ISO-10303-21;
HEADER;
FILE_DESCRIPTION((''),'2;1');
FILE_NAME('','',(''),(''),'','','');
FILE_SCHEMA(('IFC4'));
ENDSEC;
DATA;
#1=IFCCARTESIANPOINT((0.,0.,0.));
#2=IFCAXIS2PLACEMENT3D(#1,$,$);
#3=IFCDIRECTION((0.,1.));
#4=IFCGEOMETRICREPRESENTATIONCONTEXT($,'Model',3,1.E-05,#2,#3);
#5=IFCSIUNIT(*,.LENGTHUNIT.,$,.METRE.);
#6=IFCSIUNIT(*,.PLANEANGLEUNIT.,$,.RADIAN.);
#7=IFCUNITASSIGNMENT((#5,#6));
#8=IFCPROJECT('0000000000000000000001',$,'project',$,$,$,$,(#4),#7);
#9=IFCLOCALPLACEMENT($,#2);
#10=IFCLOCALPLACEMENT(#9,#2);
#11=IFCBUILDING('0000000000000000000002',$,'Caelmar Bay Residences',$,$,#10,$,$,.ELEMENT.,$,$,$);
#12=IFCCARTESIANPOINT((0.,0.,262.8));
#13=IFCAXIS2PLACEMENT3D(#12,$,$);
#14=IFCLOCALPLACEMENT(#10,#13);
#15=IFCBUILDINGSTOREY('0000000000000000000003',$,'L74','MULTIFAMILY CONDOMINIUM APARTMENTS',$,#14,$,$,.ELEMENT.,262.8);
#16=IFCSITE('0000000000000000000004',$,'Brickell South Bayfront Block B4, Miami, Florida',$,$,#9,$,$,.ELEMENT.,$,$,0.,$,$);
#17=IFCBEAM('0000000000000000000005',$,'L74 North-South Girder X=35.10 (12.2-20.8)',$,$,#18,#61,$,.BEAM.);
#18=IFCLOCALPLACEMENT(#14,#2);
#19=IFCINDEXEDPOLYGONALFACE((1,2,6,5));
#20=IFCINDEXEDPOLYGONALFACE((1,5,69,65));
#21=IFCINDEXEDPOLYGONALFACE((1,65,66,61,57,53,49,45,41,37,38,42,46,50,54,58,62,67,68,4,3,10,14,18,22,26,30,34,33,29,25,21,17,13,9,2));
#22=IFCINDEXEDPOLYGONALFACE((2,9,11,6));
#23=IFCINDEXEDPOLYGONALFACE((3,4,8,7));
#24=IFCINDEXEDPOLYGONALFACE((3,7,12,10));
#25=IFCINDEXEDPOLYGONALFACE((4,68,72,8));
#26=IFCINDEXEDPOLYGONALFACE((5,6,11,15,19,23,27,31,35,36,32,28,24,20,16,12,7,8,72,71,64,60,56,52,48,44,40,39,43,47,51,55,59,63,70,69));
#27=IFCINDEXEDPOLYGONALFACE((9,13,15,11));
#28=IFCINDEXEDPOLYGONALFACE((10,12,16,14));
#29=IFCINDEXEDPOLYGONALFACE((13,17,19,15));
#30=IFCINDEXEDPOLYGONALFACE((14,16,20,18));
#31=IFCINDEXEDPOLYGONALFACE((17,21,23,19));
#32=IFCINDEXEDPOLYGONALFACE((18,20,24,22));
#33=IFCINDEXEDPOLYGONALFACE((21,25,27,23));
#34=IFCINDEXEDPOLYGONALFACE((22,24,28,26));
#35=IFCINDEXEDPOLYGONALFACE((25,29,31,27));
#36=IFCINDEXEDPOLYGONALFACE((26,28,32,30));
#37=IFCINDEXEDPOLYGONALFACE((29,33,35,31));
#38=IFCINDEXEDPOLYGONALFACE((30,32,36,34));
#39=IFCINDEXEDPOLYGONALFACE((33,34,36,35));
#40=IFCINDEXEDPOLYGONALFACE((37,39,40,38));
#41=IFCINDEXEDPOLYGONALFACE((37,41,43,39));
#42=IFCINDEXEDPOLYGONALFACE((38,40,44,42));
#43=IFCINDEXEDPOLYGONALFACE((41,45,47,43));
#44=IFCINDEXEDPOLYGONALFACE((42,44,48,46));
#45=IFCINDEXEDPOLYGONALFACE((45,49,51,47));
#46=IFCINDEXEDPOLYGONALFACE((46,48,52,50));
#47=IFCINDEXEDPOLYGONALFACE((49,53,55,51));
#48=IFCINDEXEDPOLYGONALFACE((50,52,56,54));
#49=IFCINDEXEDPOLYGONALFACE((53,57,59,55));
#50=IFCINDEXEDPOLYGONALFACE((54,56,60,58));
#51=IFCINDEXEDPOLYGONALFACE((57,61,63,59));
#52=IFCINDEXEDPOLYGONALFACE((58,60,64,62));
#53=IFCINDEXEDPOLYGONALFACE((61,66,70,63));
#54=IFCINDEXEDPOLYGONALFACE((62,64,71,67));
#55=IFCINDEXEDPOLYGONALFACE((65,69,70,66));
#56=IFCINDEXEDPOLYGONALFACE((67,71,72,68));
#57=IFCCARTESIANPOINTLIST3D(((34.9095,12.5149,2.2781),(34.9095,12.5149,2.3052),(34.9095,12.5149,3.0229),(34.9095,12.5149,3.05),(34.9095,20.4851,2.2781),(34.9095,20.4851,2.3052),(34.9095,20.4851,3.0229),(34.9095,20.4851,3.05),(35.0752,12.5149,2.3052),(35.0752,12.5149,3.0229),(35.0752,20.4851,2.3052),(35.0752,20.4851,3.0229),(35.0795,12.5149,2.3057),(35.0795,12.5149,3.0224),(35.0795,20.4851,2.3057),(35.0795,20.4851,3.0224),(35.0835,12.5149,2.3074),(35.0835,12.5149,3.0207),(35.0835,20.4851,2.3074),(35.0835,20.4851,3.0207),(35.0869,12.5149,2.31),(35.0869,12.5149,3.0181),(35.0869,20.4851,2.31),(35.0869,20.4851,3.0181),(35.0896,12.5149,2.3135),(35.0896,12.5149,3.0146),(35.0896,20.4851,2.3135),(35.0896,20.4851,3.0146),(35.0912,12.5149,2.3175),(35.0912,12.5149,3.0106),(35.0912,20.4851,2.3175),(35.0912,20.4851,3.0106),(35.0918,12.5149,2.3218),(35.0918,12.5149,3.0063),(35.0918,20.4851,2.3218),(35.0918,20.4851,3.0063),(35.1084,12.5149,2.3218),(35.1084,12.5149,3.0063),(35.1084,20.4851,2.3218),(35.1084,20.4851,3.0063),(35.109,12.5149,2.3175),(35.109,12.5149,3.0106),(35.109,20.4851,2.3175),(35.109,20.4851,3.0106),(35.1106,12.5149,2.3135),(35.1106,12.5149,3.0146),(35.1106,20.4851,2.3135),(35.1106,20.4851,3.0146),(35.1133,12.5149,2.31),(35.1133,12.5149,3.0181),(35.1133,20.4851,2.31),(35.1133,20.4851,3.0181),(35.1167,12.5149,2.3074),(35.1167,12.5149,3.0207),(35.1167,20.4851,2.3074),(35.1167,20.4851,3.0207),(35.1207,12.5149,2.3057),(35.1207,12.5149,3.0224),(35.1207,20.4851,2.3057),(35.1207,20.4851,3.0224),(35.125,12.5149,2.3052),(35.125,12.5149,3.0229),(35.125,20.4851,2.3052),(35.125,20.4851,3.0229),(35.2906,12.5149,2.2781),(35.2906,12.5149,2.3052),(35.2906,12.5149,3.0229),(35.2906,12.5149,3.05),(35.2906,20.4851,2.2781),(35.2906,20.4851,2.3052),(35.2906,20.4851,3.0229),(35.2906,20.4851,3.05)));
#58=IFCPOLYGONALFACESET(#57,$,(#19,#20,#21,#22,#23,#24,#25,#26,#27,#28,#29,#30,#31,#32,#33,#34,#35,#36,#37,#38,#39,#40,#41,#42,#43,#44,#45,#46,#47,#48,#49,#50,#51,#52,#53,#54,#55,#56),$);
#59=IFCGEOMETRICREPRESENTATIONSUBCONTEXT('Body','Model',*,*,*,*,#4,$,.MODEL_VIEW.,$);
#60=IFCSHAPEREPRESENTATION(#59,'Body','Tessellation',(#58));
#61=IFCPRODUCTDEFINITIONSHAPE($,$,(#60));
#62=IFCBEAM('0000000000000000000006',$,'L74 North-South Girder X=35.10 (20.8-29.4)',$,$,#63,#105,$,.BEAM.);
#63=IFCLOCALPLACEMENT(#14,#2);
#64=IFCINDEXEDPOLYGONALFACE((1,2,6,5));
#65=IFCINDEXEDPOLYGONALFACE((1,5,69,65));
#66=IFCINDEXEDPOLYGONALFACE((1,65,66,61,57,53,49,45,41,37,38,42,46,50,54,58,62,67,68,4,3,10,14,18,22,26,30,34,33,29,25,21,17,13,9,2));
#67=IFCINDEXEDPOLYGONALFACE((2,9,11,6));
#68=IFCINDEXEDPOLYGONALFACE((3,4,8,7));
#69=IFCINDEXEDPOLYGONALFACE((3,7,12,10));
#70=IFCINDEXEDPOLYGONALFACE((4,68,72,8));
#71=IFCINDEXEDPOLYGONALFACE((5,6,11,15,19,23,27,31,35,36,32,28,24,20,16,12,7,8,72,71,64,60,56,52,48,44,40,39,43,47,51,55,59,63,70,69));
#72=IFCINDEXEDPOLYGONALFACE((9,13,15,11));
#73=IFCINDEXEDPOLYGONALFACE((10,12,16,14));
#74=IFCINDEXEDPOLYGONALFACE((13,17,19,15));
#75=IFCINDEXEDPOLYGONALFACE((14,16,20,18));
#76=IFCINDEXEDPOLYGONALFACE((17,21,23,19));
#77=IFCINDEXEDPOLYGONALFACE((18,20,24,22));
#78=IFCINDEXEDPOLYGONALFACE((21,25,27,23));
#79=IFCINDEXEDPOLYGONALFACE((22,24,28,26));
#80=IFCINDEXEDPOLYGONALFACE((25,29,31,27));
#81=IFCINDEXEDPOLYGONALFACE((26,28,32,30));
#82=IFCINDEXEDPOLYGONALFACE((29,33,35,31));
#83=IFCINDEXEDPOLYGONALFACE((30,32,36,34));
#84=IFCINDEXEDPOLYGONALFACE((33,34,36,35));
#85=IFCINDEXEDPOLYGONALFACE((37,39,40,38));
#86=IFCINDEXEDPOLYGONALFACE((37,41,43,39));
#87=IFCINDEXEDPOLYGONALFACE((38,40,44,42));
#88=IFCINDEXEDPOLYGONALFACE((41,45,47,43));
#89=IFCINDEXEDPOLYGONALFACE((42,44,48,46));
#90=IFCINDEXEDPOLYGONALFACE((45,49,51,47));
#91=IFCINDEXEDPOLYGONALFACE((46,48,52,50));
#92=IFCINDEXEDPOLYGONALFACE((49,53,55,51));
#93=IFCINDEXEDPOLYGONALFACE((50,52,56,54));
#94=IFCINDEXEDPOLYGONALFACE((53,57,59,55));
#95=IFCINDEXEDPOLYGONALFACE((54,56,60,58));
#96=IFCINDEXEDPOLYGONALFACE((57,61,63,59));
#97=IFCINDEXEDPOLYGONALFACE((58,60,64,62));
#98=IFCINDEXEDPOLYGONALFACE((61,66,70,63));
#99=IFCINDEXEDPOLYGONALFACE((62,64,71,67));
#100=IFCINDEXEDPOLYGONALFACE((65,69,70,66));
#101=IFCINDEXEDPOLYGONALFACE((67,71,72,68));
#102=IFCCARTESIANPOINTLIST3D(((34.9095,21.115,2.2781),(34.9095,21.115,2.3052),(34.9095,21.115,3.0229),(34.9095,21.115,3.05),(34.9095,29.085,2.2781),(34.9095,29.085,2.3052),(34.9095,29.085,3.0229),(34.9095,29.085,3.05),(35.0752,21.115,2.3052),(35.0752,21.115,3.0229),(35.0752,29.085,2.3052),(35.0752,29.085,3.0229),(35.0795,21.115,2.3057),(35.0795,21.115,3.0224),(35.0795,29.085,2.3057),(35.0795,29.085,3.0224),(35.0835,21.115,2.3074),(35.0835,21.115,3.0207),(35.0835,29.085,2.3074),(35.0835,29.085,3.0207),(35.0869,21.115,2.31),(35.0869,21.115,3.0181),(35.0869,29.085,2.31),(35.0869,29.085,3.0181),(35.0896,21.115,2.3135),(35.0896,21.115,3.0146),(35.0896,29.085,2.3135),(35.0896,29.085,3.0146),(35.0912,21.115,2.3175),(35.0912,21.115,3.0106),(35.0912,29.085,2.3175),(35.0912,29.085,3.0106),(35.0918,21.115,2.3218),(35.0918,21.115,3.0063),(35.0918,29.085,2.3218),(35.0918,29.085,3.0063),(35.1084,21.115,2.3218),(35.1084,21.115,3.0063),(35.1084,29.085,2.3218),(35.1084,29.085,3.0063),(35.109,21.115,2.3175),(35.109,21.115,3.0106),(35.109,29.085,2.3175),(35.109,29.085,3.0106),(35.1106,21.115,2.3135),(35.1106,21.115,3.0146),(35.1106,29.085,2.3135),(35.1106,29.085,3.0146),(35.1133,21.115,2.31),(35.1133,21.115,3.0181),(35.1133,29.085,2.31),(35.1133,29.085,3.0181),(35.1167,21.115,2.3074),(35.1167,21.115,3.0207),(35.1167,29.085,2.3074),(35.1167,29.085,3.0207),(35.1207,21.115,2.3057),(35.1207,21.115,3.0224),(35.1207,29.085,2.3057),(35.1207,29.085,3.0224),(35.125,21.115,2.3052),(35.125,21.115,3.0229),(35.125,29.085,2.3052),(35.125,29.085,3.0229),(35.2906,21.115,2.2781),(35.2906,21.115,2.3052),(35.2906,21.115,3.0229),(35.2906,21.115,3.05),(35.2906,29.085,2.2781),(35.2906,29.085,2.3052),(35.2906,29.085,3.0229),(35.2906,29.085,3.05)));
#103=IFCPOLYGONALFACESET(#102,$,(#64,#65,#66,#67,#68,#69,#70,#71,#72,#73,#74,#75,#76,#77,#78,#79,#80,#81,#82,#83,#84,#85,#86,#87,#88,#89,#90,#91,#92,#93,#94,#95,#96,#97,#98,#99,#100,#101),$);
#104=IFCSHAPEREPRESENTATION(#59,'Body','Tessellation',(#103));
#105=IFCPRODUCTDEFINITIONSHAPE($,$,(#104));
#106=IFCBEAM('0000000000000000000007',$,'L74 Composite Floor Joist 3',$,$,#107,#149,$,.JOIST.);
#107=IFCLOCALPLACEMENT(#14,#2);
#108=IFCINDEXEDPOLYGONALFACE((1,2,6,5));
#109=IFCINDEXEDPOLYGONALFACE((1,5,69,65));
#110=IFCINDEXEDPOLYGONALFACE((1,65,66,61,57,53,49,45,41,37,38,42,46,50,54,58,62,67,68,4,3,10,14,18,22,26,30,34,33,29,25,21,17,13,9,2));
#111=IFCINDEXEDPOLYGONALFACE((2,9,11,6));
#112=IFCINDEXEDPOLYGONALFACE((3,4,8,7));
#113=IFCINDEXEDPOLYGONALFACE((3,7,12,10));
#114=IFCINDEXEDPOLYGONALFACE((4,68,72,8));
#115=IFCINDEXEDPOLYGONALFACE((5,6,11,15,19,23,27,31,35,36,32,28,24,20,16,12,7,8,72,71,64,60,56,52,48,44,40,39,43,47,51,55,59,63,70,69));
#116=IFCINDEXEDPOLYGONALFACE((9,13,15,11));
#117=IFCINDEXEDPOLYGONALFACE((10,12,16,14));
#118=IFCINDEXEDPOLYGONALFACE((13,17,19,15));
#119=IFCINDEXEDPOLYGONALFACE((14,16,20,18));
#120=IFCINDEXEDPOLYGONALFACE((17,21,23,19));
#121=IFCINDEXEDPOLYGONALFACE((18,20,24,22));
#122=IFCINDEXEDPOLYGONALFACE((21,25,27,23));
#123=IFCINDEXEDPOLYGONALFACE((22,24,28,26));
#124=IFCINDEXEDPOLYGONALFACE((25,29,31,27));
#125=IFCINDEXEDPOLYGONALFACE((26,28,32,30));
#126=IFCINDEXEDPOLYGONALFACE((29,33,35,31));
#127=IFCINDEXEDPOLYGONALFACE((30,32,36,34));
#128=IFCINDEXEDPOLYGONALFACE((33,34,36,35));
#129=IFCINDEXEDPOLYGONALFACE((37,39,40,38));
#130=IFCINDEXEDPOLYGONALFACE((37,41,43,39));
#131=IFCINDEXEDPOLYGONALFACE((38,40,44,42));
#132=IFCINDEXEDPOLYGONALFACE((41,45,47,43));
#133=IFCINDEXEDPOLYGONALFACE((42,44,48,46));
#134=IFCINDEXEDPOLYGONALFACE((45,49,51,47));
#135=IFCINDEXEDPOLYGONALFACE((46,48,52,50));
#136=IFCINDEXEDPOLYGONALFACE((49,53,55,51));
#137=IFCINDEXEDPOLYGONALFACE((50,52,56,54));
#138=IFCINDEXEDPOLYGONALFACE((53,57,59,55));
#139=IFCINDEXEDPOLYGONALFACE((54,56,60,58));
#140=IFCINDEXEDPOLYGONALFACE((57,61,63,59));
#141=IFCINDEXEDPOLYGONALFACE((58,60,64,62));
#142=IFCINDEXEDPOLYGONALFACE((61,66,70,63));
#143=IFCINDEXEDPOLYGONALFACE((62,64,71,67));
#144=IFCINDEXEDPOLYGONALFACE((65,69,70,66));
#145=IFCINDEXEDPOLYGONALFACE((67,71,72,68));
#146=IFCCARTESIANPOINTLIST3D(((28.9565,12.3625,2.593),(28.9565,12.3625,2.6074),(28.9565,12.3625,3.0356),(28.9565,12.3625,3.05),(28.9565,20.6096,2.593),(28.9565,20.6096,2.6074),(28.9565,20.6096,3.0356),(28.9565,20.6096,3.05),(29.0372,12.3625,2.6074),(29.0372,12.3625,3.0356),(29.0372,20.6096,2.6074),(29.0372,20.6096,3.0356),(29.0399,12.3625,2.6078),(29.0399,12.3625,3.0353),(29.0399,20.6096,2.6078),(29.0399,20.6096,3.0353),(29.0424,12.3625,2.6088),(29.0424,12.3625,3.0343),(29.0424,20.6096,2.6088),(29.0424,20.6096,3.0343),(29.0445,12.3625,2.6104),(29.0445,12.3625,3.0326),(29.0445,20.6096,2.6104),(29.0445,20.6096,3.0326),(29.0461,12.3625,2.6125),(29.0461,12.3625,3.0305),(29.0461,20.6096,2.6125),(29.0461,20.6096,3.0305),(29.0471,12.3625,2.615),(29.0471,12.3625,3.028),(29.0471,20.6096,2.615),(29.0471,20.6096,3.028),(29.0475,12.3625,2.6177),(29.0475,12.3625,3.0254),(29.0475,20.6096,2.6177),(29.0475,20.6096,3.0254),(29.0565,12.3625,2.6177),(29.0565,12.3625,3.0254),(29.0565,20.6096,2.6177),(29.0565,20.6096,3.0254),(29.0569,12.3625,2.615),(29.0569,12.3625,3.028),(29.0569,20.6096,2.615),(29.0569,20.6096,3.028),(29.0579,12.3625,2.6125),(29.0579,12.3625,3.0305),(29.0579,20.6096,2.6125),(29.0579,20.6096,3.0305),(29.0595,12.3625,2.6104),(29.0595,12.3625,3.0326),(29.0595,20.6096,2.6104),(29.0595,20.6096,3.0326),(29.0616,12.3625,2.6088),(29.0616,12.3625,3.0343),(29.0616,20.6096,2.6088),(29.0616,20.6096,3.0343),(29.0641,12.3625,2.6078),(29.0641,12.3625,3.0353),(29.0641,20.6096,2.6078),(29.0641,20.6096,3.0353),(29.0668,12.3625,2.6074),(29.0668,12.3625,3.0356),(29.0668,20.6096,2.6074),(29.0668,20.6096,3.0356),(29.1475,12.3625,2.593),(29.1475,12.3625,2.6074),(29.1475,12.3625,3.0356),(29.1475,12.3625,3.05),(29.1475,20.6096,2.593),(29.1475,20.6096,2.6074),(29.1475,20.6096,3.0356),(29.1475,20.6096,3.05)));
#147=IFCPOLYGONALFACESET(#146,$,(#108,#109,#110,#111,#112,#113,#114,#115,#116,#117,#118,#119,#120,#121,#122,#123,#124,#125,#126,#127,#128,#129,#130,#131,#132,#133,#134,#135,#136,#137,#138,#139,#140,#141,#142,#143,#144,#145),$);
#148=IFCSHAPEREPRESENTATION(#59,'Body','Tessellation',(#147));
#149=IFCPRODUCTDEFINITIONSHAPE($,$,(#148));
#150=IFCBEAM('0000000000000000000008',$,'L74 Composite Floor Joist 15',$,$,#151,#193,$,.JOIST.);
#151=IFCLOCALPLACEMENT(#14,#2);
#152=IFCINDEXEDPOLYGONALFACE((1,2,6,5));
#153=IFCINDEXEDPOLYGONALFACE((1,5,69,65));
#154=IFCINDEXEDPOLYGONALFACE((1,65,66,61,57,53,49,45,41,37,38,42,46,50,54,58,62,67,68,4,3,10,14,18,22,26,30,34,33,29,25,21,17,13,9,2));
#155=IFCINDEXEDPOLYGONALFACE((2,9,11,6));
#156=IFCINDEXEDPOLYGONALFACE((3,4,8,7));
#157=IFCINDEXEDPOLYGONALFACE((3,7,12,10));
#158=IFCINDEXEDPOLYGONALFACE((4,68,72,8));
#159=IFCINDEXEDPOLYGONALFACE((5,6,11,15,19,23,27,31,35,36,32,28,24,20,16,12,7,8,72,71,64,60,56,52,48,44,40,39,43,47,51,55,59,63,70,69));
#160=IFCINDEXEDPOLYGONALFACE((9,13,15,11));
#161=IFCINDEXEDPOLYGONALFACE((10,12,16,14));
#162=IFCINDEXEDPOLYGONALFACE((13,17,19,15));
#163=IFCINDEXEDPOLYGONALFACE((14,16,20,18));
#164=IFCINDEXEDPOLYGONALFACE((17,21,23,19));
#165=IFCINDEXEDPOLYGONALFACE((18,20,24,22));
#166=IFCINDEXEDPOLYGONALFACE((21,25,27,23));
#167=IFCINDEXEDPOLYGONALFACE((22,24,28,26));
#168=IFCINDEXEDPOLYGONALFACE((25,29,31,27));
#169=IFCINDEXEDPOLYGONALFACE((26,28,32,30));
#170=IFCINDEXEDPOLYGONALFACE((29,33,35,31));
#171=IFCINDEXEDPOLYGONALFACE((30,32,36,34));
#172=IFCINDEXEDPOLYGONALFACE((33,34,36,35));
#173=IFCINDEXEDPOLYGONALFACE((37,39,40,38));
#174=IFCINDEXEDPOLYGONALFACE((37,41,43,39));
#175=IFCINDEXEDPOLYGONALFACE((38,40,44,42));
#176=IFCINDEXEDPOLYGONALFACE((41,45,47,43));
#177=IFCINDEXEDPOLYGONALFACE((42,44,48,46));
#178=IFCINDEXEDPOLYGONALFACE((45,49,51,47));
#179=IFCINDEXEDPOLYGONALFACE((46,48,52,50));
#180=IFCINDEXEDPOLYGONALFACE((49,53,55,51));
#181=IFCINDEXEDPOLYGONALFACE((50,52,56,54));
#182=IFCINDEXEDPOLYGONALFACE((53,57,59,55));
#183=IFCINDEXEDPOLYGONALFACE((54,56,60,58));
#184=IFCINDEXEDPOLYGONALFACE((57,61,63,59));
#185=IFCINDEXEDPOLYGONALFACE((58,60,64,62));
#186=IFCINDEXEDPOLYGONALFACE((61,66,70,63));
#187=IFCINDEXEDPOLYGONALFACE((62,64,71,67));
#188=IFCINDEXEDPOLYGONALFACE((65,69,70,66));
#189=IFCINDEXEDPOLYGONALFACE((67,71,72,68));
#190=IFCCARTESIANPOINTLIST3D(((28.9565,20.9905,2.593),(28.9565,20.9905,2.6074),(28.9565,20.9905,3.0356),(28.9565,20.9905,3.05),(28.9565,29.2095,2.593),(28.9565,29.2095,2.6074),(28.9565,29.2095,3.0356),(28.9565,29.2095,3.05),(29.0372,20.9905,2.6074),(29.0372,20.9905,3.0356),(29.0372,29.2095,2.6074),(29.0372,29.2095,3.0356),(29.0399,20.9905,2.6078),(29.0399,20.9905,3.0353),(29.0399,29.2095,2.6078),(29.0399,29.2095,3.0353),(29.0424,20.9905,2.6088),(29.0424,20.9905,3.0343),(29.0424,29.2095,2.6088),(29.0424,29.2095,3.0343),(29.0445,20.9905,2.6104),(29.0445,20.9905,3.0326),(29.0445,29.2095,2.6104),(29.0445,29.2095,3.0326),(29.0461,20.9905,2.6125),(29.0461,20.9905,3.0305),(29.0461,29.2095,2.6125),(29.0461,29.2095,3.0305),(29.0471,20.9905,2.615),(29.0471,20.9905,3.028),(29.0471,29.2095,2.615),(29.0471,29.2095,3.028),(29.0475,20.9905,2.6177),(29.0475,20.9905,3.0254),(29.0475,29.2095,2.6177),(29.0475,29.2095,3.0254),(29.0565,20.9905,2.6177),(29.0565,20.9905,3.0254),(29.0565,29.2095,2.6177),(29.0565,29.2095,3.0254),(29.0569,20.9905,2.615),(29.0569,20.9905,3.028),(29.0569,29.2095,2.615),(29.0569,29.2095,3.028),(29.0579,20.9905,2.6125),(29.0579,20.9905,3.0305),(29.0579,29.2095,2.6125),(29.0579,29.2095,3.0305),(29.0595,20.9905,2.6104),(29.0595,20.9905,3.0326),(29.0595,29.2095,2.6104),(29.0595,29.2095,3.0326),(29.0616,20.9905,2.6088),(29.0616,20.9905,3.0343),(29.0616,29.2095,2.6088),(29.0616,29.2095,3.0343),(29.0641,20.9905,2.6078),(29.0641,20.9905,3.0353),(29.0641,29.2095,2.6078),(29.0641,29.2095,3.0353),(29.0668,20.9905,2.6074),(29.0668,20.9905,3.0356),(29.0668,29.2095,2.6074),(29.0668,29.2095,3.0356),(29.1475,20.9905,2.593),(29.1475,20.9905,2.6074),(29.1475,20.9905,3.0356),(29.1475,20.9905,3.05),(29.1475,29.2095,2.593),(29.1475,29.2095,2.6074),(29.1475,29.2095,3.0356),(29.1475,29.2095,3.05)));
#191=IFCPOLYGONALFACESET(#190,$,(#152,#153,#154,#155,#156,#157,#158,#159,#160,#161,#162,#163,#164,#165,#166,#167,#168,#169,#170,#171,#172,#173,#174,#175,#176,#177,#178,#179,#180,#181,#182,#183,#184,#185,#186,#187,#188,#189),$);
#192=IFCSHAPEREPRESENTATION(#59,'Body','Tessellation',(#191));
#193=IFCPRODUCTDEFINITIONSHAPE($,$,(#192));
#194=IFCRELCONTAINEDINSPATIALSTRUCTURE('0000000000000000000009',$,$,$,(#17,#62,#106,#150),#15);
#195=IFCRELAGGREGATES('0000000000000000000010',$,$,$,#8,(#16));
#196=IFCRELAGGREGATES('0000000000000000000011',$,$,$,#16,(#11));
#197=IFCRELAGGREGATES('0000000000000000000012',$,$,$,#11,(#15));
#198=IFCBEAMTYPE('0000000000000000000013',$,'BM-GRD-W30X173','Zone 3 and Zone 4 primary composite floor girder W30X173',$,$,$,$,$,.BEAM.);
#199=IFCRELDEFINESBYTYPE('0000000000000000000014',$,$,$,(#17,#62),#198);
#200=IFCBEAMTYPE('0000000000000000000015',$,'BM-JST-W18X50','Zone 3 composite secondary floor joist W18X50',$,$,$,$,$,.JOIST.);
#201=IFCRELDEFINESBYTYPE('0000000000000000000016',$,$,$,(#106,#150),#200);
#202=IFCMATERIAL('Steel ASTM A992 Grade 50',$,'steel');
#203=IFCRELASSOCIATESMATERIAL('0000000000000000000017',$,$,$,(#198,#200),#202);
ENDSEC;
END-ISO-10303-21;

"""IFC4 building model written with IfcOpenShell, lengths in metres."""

from ifc_helpers import new_model, si_unit, direction, frame, origin, origin_2d, place, context, subcontext, project, spatial, i_section, extrude, material, material_profile, profile_set, type_object, element, save


model = new_model("IFC4")

# Units and contexts
model_context = context("Model", 3, precision=1e-05, world=origin(), true_north=direction((0.0, 1.0)))
body_context = subcontext(model_context, "Body", "Model", "MODEL_VIEW")
ifc_project = project(units=[si_unit("LENGTHUNIT", "METRE"), si_unit("PLANEANGLEUNIT", "RADIAN")], contexts=[model_context])

# Site, building, storey
site_placement = place(None, origin())
site = spatial("IfcSite", under=ifc_project, at=site_placement, Name="Brickell South Bayfront Block B4, Miami, Florida", CompositionType="ELEMENT", RefElevation=0.0)
building_placement = place(site_placement, origin())
building = spatial("IfcBuilding", under=site, at=building_placement, Name="Caelmar Bay Residences", CompositionType="ELEMENT")
storey_placement = place(building_placement, frame((0.0, 0.0, 262.8)))
storey = spatial("IfcBuildingStorey", under=building, at=storey_placement, Name="L74", Description="MULTIFAMILY CONDOMINIUM APARTMENTS", CompositionType="ELEMENT", Elevation=262.8)

# Beams
ifc_material_1 = material(Name="Steel ASTM A992 Grade 50", Category="steel")
ifc_material_profile_1 = material_profile(ifc_material_1, i_section(OverallWidth=0.3811, OverallDepth=0.772, WebThickness=0.0166, FlangeThickness=0.0271, FilletRadius=0.0166, at=origin_2d()), Name="W30X173")
ifc_profile_set_1 = profile_set([ifc_material_profile_1], Name="Steel ASTM A992 Grade 50")
beam_type_1 = type_object("IfcBeamType", Name="BM-GRD-W30X173", Description="Zone 3 and Zone 4 primary composite floor girder W30X173", PredefinedType="BEAM", material=ifc_profile_set_1)
for number, where, z_axis, x_axis, name in (
    (1, (35.1001, 12.5149, 2.6641), (0.0, 1.0, 0.0), (-1.0, 0.0, 0.0), "L74 North-South Girder X=35.10 (12.2-20.8)"),
):
    element("IfcBeam", number, at=place(storey_placement, frame(where, z_axis=z_axis, x_axis=x_axis)), inside=storey, type_object=beam_type_1, Name=name, PredefinedType="BEAM", context=body_context, shape_type="SweptSolid", body=[
        extrude(i_section(OverallWidth=0.3811, OverallDepth=0.772, WebThickness=0.0166, FlangeThickness=0.0271, FilletRadius=0.0166, at=origin_2d()), origin(), (0.0, 0.0, 1.0), 7.9702),
    ])
beam_1_placement = place(storey_placement, frame((35.1001, 21.115, 2.6641), z_axis=(0.0, 1.0, 0.0), x_axis=(-1.0, 0.0, 0.0)))
element("IfcBeam", 2, at=beam_1_placement, inside=storey, type_object=beam_type_1, Name="L74 North-South Girder X=35.10 (20.8-29.4)", PredefinedType="BEAM", context=body_context, shape_type="SweptSolid", body=[
    extrude(i_section(OverallWidth=0.3811, OverallDepth=0.772, WebThickness=0.0166, FlangeThickness=0.0271, FilletRadius=0.0166, at=origin_2d()), origin(), (0.0, 0.0, 1.0), 7.97),
])
ifc_material_profile_2 = material_profile(ifc_material_1, i_section(OverallWidth=0.1909, OverallDepth=0.457, WebThickness=0.009, FlangeThickness=0.0144, FilletRadius=0.0103, at=origin_2d()), Name="W18X50")
ifc_profile_set_2 = profile_set([ifc_material_profile_2], Name="Steel ASTM A992 Grade 50")
beam_type_2 = type_object("IfcBeamType", Name="BM-JST-W18X50", Description="Zone 3 composite secondary floor joist W18X50", PredefinedType="JOIST", material=ifc_profile_set_2)
beam_2_placement = place(storey_placement, frame((29.052, 12.3625, 2.8215), z_axis=(0.0, 1.0, 0.0), x_axis=(-1.0, 0.0, 0.0)))
element("IfcBeam", 3, at=beam_2_placement, inside=storey, type_object=beam_type_2, Name="L74 Composite Floor Joist 3", PredefinedType="JOIST", context=body_context, shape_type="SweptSolid", body=[
    extrude(i_section(OverallWidth=0.1909, OverallDepth=0.457, WebThickness=0.009, FlangeThickness=0.0144, FilletRadius=0.0103, at=origin_2d()), origin(), (0.0, 0.0, 1.0), 8.2471),
])
beam_3_placement = place(storey_placement, frame((29.052, 20.9905, 2.8215), z_axis=(0.0, 1.0, 0.0), x_axis=(-1.0, 0.0, 0.0)))
element("IfcBeam", 4, at=beam_3_placement, inside=storey, type_object=beam_type_2, Name="L74 Composite Floor Joist 15", PredefinedType="JOIST", context=body_context, shape_type="SweptSolid", body=[
    extrude(i_section(OverallWidth=0.1909, OverallDepth=0.457, WebThickness=0.009, FlangeThickness=0.0144, FilletRadius=0.0103, at=origin_2d()), origin(), (0.0, 0.0, 1.0), 8.219),
])

save(model, "model.ifc")
